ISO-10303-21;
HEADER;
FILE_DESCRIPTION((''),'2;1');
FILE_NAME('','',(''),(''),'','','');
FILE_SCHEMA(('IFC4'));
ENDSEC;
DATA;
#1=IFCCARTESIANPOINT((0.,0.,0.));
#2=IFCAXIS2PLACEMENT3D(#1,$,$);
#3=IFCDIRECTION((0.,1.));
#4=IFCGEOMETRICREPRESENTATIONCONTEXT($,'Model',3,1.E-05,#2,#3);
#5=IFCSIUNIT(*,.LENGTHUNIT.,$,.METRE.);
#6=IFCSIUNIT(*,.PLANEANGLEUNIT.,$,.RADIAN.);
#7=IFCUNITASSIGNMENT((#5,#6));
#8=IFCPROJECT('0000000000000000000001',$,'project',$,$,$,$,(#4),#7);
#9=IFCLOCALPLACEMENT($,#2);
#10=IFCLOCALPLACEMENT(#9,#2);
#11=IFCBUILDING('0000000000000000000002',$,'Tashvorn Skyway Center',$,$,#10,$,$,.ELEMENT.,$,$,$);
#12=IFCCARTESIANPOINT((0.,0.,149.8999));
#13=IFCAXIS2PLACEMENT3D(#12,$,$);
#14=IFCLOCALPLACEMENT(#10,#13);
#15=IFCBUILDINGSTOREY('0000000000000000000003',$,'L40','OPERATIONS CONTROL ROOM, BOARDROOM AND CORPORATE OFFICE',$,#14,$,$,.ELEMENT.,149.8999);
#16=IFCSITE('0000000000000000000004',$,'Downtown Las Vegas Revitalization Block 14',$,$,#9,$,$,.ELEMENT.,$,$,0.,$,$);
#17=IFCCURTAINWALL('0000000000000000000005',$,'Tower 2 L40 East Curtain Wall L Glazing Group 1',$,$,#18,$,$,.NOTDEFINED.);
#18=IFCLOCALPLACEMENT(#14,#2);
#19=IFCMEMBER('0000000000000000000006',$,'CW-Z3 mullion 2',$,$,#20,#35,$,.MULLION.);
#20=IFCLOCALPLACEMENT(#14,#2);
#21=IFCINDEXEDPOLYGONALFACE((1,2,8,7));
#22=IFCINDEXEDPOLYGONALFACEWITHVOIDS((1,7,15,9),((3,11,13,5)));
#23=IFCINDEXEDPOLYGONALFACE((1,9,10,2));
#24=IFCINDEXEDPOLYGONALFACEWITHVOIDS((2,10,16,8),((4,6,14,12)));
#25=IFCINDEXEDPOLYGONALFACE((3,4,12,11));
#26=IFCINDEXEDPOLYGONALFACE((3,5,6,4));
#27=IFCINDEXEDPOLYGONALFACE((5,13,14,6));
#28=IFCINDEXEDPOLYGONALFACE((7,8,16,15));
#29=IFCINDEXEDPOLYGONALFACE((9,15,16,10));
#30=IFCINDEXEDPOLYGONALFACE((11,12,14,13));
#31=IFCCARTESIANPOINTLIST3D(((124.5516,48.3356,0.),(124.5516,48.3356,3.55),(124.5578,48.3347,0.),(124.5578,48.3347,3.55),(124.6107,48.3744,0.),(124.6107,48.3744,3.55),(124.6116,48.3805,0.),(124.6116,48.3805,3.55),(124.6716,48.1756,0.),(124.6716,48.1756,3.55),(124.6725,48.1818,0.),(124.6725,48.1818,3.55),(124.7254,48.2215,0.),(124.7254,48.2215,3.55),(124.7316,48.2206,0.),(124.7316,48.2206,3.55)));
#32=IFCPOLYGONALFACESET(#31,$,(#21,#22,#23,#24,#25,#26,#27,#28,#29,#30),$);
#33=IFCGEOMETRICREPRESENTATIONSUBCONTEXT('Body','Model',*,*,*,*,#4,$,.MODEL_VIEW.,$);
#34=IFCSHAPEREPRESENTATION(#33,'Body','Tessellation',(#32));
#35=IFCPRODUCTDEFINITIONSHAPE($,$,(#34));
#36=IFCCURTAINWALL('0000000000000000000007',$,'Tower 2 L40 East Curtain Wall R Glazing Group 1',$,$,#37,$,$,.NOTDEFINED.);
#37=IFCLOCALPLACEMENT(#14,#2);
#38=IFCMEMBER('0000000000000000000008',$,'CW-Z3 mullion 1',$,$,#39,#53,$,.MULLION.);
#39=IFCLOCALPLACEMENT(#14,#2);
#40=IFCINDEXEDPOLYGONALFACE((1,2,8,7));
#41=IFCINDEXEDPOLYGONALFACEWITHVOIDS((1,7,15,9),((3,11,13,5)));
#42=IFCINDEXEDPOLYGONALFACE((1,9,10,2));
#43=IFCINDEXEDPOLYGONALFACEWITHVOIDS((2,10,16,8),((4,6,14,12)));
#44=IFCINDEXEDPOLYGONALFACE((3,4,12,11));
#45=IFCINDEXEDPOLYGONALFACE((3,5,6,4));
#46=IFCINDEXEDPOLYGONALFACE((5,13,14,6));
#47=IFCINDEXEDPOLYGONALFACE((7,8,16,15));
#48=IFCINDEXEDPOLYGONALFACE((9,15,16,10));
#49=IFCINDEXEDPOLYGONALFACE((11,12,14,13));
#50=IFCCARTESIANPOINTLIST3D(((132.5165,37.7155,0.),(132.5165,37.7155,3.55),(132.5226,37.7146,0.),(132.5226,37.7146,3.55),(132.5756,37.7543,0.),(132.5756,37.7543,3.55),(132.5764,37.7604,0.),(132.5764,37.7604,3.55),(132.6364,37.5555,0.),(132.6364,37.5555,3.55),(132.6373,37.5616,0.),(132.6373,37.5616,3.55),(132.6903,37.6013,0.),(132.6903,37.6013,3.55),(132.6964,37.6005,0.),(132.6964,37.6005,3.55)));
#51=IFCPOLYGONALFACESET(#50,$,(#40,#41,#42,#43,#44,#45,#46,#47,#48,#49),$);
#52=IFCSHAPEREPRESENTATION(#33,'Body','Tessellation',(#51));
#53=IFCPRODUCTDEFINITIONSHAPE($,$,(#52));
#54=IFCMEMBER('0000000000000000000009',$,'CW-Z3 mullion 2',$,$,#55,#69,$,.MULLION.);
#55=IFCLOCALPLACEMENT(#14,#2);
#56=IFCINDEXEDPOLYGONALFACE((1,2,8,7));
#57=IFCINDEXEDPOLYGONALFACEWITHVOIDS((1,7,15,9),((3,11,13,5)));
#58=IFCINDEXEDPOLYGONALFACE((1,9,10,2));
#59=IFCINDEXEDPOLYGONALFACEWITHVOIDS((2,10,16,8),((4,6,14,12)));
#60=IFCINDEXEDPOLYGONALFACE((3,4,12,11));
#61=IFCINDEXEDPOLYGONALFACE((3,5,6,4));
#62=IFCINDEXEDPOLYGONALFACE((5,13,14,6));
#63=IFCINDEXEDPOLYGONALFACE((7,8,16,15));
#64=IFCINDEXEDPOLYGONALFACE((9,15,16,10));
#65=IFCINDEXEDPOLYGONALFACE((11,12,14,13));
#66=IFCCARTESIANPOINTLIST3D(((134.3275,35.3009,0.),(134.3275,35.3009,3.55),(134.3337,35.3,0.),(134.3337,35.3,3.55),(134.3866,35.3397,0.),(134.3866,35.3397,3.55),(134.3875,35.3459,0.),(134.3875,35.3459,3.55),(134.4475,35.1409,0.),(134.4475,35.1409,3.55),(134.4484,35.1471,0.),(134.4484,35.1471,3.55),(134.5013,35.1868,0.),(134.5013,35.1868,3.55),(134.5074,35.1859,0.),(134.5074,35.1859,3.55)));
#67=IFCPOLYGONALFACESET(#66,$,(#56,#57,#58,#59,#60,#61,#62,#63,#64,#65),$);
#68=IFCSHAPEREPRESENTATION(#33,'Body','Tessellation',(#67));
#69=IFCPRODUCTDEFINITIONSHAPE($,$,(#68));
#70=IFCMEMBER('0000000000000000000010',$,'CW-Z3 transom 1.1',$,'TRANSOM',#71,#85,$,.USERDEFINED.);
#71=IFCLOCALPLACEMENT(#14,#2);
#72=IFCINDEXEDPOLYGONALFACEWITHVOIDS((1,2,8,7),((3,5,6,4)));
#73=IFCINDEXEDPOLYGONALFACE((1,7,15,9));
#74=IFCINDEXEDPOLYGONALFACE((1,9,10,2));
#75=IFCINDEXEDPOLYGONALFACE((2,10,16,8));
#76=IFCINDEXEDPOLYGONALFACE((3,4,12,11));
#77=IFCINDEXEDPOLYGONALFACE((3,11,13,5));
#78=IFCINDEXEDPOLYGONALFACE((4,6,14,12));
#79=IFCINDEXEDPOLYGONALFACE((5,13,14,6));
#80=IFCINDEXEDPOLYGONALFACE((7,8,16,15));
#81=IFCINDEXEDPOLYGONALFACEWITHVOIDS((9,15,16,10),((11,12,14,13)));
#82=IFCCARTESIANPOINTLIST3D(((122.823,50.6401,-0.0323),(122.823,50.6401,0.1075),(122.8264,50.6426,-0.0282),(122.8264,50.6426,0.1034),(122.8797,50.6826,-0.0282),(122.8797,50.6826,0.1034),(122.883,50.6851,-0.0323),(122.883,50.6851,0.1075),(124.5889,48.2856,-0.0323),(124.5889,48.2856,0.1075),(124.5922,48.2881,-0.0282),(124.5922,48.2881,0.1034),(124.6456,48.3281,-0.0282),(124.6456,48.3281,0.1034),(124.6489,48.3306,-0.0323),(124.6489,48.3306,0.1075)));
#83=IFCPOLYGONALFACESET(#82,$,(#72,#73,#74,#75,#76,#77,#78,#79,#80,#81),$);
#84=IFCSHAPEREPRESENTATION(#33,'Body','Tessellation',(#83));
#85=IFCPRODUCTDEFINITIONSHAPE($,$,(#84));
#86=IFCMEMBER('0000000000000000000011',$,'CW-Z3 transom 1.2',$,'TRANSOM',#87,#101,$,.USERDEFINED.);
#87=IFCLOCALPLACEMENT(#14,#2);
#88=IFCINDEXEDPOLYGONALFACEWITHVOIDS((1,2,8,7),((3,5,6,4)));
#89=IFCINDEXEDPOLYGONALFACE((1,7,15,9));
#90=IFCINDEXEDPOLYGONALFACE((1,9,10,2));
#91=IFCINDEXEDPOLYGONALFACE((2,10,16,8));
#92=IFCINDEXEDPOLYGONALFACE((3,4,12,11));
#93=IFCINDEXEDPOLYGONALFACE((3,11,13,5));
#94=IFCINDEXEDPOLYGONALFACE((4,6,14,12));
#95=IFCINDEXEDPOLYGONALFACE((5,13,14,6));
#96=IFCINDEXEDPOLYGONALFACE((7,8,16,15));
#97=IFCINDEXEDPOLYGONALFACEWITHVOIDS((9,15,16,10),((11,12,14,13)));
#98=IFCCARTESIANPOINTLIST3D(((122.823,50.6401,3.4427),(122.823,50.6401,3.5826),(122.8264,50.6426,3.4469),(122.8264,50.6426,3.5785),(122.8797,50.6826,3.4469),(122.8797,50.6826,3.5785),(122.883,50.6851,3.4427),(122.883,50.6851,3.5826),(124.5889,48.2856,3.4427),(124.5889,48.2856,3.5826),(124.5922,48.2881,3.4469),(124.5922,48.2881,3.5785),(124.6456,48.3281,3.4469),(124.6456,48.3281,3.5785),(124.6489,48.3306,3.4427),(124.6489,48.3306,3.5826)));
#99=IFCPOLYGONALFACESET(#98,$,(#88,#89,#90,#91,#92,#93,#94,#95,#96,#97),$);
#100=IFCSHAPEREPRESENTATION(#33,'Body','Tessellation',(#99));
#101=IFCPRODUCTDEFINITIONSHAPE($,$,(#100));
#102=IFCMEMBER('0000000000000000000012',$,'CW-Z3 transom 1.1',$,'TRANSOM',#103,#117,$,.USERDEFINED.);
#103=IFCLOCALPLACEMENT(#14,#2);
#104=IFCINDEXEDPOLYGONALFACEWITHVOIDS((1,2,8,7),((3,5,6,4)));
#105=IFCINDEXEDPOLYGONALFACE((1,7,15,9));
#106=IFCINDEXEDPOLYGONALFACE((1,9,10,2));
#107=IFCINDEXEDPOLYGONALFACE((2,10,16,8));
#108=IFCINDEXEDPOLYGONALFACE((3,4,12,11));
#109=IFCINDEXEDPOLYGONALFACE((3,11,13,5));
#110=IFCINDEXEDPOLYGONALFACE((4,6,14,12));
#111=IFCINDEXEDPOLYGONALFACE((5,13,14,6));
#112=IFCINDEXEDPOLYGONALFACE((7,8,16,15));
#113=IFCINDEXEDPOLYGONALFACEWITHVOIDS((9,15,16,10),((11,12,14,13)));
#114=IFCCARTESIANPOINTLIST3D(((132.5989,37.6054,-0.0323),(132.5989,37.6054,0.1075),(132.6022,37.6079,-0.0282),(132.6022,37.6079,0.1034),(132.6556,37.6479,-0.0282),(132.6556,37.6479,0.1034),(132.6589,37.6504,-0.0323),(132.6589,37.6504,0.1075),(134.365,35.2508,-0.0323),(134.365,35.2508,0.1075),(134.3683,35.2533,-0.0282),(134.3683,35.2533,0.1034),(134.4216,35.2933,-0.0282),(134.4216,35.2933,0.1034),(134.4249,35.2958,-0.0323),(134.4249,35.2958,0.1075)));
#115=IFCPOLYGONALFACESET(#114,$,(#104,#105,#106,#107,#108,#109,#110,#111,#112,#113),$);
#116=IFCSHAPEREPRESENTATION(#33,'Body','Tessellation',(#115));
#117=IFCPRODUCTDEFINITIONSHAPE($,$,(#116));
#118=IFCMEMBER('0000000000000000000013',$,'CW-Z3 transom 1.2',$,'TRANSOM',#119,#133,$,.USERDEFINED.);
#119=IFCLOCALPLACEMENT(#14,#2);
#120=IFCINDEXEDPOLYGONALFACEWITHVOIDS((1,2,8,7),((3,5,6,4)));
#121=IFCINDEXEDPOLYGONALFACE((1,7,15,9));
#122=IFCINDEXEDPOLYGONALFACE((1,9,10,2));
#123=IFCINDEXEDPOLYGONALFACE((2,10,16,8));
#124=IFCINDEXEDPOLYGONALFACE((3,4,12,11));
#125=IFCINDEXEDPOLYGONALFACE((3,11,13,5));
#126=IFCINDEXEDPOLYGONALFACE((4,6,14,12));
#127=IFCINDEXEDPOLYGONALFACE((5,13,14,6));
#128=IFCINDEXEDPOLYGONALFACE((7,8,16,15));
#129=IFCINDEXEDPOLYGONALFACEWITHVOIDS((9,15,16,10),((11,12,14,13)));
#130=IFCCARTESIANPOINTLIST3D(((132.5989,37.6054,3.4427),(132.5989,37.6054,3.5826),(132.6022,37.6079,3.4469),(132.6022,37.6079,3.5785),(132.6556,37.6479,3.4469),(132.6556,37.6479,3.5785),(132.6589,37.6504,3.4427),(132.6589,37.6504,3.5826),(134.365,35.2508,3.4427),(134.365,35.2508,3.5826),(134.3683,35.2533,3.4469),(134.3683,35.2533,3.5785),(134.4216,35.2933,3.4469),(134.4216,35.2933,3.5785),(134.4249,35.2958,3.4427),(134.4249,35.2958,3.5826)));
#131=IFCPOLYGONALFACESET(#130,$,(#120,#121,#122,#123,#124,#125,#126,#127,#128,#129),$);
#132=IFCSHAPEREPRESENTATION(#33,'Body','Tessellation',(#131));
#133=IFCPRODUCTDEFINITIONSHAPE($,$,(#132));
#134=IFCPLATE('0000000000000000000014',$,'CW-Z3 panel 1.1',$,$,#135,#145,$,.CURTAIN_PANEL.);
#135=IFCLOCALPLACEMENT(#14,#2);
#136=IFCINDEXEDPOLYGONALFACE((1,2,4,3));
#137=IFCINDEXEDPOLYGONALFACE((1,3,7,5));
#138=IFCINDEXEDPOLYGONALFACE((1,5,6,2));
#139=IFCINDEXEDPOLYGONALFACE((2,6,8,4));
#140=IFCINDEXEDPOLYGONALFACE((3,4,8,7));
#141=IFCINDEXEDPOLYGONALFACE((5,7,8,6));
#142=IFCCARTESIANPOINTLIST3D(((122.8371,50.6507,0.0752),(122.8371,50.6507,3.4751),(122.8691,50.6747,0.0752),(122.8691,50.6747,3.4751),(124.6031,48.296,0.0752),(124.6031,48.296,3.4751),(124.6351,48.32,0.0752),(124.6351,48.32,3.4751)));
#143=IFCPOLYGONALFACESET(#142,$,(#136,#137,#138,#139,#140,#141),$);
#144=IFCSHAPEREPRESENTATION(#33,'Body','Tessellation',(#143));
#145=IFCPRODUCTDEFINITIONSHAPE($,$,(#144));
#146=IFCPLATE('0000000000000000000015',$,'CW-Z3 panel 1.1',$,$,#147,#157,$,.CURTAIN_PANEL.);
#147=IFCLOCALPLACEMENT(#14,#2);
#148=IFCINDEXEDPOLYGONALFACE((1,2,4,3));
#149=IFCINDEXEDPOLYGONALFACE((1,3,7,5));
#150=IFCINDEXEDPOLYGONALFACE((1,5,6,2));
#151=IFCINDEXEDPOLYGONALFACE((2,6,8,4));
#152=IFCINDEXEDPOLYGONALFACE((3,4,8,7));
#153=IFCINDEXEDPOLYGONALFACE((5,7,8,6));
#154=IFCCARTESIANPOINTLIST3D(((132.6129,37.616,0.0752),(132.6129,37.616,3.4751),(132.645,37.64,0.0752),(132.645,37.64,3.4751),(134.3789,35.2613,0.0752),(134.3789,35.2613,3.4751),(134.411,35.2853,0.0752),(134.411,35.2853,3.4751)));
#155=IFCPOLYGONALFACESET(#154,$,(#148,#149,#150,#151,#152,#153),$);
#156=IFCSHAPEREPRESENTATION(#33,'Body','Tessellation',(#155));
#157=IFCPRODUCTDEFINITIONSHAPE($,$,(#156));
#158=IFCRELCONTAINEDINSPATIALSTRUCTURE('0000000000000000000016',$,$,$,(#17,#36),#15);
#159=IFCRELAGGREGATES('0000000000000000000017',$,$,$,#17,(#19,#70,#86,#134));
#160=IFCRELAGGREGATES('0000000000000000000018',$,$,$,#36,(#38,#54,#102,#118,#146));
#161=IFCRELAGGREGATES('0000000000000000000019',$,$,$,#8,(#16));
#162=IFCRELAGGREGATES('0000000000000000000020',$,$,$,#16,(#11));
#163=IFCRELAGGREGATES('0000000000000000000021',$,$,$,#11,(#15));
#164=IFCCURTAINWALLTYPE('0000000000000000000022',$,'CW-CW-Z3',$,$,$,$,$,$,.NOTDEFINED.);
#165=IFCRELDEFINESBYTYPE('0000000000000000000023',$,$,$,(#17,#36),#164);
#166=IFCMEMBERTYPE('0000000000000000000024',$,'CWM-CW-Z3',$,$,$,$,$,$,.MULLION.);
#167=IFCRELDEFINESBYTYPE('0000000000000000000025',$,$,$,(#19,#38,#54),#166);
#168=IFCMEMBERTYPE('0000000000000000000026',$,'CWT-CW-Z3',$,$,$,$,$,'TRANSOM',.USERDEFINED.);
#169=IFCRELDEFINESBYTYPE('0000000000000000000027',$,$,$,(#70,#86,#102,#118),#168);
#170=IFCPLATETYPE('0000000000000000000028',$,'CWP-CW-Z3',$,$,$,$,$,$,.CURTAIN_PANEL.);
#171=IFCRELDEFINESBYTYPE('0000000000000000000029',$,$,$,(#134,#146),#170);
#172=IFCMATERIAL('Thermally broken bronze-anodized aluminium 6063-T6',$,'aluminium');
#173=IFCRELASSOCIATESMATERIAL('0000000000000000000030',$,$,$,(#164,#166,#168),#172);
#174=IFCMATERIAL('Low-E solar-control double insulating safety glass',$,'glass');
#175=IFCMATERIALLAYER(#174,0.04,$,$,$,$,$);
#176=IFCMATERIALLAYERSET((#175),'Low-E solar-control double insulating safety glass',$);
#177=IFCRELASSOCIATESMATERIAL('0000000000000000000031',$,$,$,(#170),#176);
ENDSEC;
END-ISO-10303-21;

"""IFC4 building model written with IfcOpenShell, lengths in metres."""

from ifc_helpers import new_model, si_unit, direction, frame, origin, origin_2d, place, context, subcontext, project, spatial, rectangle, hollow_rectangle, extrude, material, layer, layer_set, material_profile, profile_set, type_object, element, aggregate, save


model = new_model("IFC4")

# Units and contexts
model_context = context("Model", 3, precision=1e-05, world=origin(), true_north=direction((0.0, 1.0)))
body_context = subcontext(model_context, "Body", "Model", "MODEL_VIEW")
ifc_project = project(units=[si_unit("LENGTHUNIT", "METRE"), si_unit("PLANEANGLEUNIT", "RADIAN")], contexts=[model_context])

# Site, building, storey
site_placement = place(None, origin())
site = spatial("IfcSite", under=ifc_project, at=site_placement, Name="Downtown Las Vegas Revitalization Block 14", CompositionType="ELEMENT", RefElevation=0.0)
building_placement = place(site_placement, origin())
building = spatial("IfcBuilding", under=site, at=building_placement, Name="Tashvorn Skyway Center", CompositionType="ELEMENT")
storey_placement = place(building_placement, frame((0.0, 0.0, 149.8999)))
storey = spatial("IfcBuildingStorey", under=building, at=storey_placement, Name="L40", Description="OPERATIONS CONTROL ROOM, BOARDROOM AND CORPORATE OFFICE", CompositionType="ELEMENT", Elevation=149.8999)

# Curtain walls, members
ifc_material_1 = material(Name="Thermally broken bronze-anodized aluminium 6063-T6", Category="aluminium")
curtain_wall_type = type_object("IfcCurtainWallType", Name="CW-CW-Z3", PredefinedType="NOTDEFINED", material=ifc_material_1)
curtain_wall_1_placement = place(storey_placement, origin())
curtain_wall_1 = element("IfcCurtainWall", 1, at=curtain_wall_1_placement, inside=storey, type_object=curtain_wall_type, Name="Tower 2 L40 East Curtain Wall L Glazing Group 1", PredefinedType="NOTDEFINED")
ifc_material_profile_1 = material_profile(ifc_material_1, hollow_rectangle(XDim=0.075, YDim=0.2, WallThickness=0.0044, at=origin_2d()), Name="ALU-MULL-75x200")
ifc_profile_set_1 = profile_set([ifc_material_profile_1], Name="Thermally broken bronze-anodized aluminium 6063-T6")
member_type_1 = type_object("IfcMemberType", Name="CWM-CW-Z3", PredefinedType="MULLION", material=ifc_profile_set_1)
member_1_placement = place(storey_placement, frame((124.6416, 48.2781, 0.0), z_axis=(0.0, 0.0, 1.0), x_axis=(0.800004, 0.599995, 0.0)))
member_1 = element("IfcMember", 2, at=member_1_placement, type_object=member_type_1, Name="CW-Z3 mullion 2", PredefinedType="MULLION", context=body_context, shape_type="SweptSolid", body=[
    extrude(hollow_rectangle(XDim=0.075, YDim=0.2, WallThickness=0.0044, at=origin_2d()), origin(), (0.0, 0.0, 1.0), 3.55),
])
curtain_wall_2_placement = place(storey_placement, origin())
curtain_wall_2 = element("IfcCurtainWall", 3, at=curtain_wall_2_placement, inside=storey, type_object=curtain_wall_type, Name="Tower 2 L40 East Curtain Wall R Glazing Group 1", PredefinedType="NOTDEFINED")
member_2_placement = place(storey_placement, frame((132.6064, 37.658, 0.0), z_axis=(0.0, 0.0, 1.0), x_axis=(0.800004, 0.599995, 0.0)))
member_2 = element("IfcMember", 4, at=member_2_placement, type_object=member_type_1, Name="CW-Z3 mullion 1", PredefinedType="MULLION", context=body_context, shape_type="SweptSolid", body=[
    extrude(hollow_rectangle(XDim=0.075, YDim=0.2, WallThickness=0.0044, at=origin_2d()), origin(), (0.0, 0.0, 1.0), 3.55),
])
member_3_placement = place(storey_placement, frame((134.4175, 35.2434, 0.0), z_axis=(0.0, 0.0, 1.0), x_axis=(0.800004, 0.599995, 0.0)))
member_3 = element("IfcMember", 5, at=member_3_placement, type_object=member_type_1, Name="CW-Z3 mullion 2", PredefinedType="MULLION", context=body_context, shape_type="SweptSolid", body=[
    extrude(hollow_rectangle(XDim=0.075, YDim=0.2, WallThickness=0.0044, at=origin_2d()), origin(), (0.0, 0.0, 1.0), 3.55),
])

# Members
ifc_material_profile_2 = material_profile(ifc_material_1, hollow_rectangle(XDim=0.075, YDim=0.1399, WallThickness=0.0042, at=origin_2d()), Name="ALU-TRAN-75x140")
ifc_profile_set_2 = profile_set([ifc_material_profile_2], Name="Thermally broken bronze-anodized aluminium 6063-T6")
member_type_2 = type_object("IfcMemberType", Name="CWT-CW-Z3", ElementType="TRANSOM", PredefinedType="USERDEFINED", material=ifc_profile_set_2)
member_4_placement = place(storey_placement, frame((122.853, 50.6626, 0.0376), z_axis=(0.6, -0.8, 0.0), x_axis=(0.8, 0.6, 0.0)))
member_4 = element("IfcMember", 6, at=member_4_placement, type_object=member_type_2, Name="CW-Z3 transom 1.1", ObjectType="TRANSOM", PredefinedType="USERDEFINED", context=body_context, shape_type="SweptSolid", body=[
    extrude(hollow_rectangle(XDim=0.075, YDim=0.1399, WallThickness=0.0042, at=origin_2d()), origin(), (0.0, 0.0, 1.0), 2.9431),
])
member_5_placement = place(storey_placement, frame((122.853, 50.6626, 3.5127), z_axis=(0.6, -0.8, 0.0), x_axis=(0.8, 0.6, 0.0)))
member_5 = element("IfcMember", 7, at=member_5_placement, type_object=member_type_2, Name="CW-Z3 transom 1.2", ObjectType="TRANSOM", PredefinedType="USERDEFINED", context=body_context, shape_type="SweptSolid", body=[
    extrude(hollow_rectangle(XDim=0.075, YDim=0.1399, WallThickness=0.0042, at=origin_2d()), origin(), (0.0, 0.0, 1.0), 2.9431),
])
member_6_placement = place(storey_placement, frame((132.6289, 37.6279, 0.0376), z_axis=(0.600013, -0.79999, 0.0), x_axis=(0.79999, 0.600013, 0.0)))
member_6 = element("IfcMember", 8, at=member_6_placement, type_object=member_type_2, Name="CW-Z3 transom 1.1", ObjectType="TRANSOM", PredefinedType="USERDEFINED", context=body_context, shape_type="SweptSolid", body=[
    extrude(hollow_rectangle(XDim=0.075, YDim=0.1399, WallThickness=0.0042, at=origin_2d()), origin(), (0.0, 0.0, 1.0), 2.9434),
])
member_7_placement = place(storey_placement, frame((132.6289, 37.6279, 3.5127), z_axis=(0.600013, -0.79999, 0.0), x_axis=(0.79999, 0.600013, 0.0)))
member_7 = element("IfcMember", 9, at=member_7_placement, type_object=member_type_2, Name="CW-Z3 transom 1.2", ObjectType="TRANSOM", PredefinedType="USERDEFINED", context=body_context, shape_type="SweptSolid", body=[
    extrude(hollow_rectangle(XDim=0.075, YDim=0.1399, WallThickness=0.0042, at=origin_2d()), origin(), (0.0, 0.0, 1.0), 2.9434),
])

# Plates
ifc_material_2 = material(Name="Low-E solar-control double insulating safety glass", Category="glass")
ifc_layer_1 = layer(ifc_material_2, 0.04)
ifc_layer_set_1 = layer_set([ifc_layer_1], Name="Low-E solar-control double insulating safety glass")
plate_type = type_object("IfcPlateType", Name="CWP-CW-Z3", PredefinedType="CURTAIN_PANEL", material=ifc_layer_set_1)
plate_1_placement = place(storey_placement, frame((123.7361, 49.4854, 0.0752), z_axis=(0.0, 0.0, 1.0), x_axis=(0.599995, -0.800004, 0.0)))
plate_1 = element("IfcPlate", 10, at=plate_1_placement, type_object=plate_type, Name="CW-Z3 panel 1.1", PredefinedType="CURTAIN_PANEL", context=body_context, shape_type="SweptSolid", body=[
    extrude(rectangle(XDim=2.9434, YDim=0.04, at=origin_2d()), origin(), (0.0, 0.0, 1.0), 3.3999),
])
aggregate(curtain_wall_1, [member_1, member_4, member_5, plate_1])
plate_2_placement = place(storey_placement, frame((133.512, 36.4507, 0.0752), z_axis=(0.0, 0.0, 1.0), x_axis=(0.599995, -0.800004, 0.0)))
plate_2 = element("IfcPlate", 11, at=plate_2_placement, type_object=plate_type, Name="CW-Z3 panel 1.1", PredefinedType="CURTAIN_PANEL", context=body_context, shape_type="SweptSolid", body=[
    extrude(rectangle(XDim=2.9434, YDim=0.04, at=origin_2d()), origin(), (0.0, 0.0, 1.0), 3.3999),
])
aggregate(curtain_wall_2, [member_2, member_3, member_6, member_7, plate_2])

save(model, "model.ifc")
